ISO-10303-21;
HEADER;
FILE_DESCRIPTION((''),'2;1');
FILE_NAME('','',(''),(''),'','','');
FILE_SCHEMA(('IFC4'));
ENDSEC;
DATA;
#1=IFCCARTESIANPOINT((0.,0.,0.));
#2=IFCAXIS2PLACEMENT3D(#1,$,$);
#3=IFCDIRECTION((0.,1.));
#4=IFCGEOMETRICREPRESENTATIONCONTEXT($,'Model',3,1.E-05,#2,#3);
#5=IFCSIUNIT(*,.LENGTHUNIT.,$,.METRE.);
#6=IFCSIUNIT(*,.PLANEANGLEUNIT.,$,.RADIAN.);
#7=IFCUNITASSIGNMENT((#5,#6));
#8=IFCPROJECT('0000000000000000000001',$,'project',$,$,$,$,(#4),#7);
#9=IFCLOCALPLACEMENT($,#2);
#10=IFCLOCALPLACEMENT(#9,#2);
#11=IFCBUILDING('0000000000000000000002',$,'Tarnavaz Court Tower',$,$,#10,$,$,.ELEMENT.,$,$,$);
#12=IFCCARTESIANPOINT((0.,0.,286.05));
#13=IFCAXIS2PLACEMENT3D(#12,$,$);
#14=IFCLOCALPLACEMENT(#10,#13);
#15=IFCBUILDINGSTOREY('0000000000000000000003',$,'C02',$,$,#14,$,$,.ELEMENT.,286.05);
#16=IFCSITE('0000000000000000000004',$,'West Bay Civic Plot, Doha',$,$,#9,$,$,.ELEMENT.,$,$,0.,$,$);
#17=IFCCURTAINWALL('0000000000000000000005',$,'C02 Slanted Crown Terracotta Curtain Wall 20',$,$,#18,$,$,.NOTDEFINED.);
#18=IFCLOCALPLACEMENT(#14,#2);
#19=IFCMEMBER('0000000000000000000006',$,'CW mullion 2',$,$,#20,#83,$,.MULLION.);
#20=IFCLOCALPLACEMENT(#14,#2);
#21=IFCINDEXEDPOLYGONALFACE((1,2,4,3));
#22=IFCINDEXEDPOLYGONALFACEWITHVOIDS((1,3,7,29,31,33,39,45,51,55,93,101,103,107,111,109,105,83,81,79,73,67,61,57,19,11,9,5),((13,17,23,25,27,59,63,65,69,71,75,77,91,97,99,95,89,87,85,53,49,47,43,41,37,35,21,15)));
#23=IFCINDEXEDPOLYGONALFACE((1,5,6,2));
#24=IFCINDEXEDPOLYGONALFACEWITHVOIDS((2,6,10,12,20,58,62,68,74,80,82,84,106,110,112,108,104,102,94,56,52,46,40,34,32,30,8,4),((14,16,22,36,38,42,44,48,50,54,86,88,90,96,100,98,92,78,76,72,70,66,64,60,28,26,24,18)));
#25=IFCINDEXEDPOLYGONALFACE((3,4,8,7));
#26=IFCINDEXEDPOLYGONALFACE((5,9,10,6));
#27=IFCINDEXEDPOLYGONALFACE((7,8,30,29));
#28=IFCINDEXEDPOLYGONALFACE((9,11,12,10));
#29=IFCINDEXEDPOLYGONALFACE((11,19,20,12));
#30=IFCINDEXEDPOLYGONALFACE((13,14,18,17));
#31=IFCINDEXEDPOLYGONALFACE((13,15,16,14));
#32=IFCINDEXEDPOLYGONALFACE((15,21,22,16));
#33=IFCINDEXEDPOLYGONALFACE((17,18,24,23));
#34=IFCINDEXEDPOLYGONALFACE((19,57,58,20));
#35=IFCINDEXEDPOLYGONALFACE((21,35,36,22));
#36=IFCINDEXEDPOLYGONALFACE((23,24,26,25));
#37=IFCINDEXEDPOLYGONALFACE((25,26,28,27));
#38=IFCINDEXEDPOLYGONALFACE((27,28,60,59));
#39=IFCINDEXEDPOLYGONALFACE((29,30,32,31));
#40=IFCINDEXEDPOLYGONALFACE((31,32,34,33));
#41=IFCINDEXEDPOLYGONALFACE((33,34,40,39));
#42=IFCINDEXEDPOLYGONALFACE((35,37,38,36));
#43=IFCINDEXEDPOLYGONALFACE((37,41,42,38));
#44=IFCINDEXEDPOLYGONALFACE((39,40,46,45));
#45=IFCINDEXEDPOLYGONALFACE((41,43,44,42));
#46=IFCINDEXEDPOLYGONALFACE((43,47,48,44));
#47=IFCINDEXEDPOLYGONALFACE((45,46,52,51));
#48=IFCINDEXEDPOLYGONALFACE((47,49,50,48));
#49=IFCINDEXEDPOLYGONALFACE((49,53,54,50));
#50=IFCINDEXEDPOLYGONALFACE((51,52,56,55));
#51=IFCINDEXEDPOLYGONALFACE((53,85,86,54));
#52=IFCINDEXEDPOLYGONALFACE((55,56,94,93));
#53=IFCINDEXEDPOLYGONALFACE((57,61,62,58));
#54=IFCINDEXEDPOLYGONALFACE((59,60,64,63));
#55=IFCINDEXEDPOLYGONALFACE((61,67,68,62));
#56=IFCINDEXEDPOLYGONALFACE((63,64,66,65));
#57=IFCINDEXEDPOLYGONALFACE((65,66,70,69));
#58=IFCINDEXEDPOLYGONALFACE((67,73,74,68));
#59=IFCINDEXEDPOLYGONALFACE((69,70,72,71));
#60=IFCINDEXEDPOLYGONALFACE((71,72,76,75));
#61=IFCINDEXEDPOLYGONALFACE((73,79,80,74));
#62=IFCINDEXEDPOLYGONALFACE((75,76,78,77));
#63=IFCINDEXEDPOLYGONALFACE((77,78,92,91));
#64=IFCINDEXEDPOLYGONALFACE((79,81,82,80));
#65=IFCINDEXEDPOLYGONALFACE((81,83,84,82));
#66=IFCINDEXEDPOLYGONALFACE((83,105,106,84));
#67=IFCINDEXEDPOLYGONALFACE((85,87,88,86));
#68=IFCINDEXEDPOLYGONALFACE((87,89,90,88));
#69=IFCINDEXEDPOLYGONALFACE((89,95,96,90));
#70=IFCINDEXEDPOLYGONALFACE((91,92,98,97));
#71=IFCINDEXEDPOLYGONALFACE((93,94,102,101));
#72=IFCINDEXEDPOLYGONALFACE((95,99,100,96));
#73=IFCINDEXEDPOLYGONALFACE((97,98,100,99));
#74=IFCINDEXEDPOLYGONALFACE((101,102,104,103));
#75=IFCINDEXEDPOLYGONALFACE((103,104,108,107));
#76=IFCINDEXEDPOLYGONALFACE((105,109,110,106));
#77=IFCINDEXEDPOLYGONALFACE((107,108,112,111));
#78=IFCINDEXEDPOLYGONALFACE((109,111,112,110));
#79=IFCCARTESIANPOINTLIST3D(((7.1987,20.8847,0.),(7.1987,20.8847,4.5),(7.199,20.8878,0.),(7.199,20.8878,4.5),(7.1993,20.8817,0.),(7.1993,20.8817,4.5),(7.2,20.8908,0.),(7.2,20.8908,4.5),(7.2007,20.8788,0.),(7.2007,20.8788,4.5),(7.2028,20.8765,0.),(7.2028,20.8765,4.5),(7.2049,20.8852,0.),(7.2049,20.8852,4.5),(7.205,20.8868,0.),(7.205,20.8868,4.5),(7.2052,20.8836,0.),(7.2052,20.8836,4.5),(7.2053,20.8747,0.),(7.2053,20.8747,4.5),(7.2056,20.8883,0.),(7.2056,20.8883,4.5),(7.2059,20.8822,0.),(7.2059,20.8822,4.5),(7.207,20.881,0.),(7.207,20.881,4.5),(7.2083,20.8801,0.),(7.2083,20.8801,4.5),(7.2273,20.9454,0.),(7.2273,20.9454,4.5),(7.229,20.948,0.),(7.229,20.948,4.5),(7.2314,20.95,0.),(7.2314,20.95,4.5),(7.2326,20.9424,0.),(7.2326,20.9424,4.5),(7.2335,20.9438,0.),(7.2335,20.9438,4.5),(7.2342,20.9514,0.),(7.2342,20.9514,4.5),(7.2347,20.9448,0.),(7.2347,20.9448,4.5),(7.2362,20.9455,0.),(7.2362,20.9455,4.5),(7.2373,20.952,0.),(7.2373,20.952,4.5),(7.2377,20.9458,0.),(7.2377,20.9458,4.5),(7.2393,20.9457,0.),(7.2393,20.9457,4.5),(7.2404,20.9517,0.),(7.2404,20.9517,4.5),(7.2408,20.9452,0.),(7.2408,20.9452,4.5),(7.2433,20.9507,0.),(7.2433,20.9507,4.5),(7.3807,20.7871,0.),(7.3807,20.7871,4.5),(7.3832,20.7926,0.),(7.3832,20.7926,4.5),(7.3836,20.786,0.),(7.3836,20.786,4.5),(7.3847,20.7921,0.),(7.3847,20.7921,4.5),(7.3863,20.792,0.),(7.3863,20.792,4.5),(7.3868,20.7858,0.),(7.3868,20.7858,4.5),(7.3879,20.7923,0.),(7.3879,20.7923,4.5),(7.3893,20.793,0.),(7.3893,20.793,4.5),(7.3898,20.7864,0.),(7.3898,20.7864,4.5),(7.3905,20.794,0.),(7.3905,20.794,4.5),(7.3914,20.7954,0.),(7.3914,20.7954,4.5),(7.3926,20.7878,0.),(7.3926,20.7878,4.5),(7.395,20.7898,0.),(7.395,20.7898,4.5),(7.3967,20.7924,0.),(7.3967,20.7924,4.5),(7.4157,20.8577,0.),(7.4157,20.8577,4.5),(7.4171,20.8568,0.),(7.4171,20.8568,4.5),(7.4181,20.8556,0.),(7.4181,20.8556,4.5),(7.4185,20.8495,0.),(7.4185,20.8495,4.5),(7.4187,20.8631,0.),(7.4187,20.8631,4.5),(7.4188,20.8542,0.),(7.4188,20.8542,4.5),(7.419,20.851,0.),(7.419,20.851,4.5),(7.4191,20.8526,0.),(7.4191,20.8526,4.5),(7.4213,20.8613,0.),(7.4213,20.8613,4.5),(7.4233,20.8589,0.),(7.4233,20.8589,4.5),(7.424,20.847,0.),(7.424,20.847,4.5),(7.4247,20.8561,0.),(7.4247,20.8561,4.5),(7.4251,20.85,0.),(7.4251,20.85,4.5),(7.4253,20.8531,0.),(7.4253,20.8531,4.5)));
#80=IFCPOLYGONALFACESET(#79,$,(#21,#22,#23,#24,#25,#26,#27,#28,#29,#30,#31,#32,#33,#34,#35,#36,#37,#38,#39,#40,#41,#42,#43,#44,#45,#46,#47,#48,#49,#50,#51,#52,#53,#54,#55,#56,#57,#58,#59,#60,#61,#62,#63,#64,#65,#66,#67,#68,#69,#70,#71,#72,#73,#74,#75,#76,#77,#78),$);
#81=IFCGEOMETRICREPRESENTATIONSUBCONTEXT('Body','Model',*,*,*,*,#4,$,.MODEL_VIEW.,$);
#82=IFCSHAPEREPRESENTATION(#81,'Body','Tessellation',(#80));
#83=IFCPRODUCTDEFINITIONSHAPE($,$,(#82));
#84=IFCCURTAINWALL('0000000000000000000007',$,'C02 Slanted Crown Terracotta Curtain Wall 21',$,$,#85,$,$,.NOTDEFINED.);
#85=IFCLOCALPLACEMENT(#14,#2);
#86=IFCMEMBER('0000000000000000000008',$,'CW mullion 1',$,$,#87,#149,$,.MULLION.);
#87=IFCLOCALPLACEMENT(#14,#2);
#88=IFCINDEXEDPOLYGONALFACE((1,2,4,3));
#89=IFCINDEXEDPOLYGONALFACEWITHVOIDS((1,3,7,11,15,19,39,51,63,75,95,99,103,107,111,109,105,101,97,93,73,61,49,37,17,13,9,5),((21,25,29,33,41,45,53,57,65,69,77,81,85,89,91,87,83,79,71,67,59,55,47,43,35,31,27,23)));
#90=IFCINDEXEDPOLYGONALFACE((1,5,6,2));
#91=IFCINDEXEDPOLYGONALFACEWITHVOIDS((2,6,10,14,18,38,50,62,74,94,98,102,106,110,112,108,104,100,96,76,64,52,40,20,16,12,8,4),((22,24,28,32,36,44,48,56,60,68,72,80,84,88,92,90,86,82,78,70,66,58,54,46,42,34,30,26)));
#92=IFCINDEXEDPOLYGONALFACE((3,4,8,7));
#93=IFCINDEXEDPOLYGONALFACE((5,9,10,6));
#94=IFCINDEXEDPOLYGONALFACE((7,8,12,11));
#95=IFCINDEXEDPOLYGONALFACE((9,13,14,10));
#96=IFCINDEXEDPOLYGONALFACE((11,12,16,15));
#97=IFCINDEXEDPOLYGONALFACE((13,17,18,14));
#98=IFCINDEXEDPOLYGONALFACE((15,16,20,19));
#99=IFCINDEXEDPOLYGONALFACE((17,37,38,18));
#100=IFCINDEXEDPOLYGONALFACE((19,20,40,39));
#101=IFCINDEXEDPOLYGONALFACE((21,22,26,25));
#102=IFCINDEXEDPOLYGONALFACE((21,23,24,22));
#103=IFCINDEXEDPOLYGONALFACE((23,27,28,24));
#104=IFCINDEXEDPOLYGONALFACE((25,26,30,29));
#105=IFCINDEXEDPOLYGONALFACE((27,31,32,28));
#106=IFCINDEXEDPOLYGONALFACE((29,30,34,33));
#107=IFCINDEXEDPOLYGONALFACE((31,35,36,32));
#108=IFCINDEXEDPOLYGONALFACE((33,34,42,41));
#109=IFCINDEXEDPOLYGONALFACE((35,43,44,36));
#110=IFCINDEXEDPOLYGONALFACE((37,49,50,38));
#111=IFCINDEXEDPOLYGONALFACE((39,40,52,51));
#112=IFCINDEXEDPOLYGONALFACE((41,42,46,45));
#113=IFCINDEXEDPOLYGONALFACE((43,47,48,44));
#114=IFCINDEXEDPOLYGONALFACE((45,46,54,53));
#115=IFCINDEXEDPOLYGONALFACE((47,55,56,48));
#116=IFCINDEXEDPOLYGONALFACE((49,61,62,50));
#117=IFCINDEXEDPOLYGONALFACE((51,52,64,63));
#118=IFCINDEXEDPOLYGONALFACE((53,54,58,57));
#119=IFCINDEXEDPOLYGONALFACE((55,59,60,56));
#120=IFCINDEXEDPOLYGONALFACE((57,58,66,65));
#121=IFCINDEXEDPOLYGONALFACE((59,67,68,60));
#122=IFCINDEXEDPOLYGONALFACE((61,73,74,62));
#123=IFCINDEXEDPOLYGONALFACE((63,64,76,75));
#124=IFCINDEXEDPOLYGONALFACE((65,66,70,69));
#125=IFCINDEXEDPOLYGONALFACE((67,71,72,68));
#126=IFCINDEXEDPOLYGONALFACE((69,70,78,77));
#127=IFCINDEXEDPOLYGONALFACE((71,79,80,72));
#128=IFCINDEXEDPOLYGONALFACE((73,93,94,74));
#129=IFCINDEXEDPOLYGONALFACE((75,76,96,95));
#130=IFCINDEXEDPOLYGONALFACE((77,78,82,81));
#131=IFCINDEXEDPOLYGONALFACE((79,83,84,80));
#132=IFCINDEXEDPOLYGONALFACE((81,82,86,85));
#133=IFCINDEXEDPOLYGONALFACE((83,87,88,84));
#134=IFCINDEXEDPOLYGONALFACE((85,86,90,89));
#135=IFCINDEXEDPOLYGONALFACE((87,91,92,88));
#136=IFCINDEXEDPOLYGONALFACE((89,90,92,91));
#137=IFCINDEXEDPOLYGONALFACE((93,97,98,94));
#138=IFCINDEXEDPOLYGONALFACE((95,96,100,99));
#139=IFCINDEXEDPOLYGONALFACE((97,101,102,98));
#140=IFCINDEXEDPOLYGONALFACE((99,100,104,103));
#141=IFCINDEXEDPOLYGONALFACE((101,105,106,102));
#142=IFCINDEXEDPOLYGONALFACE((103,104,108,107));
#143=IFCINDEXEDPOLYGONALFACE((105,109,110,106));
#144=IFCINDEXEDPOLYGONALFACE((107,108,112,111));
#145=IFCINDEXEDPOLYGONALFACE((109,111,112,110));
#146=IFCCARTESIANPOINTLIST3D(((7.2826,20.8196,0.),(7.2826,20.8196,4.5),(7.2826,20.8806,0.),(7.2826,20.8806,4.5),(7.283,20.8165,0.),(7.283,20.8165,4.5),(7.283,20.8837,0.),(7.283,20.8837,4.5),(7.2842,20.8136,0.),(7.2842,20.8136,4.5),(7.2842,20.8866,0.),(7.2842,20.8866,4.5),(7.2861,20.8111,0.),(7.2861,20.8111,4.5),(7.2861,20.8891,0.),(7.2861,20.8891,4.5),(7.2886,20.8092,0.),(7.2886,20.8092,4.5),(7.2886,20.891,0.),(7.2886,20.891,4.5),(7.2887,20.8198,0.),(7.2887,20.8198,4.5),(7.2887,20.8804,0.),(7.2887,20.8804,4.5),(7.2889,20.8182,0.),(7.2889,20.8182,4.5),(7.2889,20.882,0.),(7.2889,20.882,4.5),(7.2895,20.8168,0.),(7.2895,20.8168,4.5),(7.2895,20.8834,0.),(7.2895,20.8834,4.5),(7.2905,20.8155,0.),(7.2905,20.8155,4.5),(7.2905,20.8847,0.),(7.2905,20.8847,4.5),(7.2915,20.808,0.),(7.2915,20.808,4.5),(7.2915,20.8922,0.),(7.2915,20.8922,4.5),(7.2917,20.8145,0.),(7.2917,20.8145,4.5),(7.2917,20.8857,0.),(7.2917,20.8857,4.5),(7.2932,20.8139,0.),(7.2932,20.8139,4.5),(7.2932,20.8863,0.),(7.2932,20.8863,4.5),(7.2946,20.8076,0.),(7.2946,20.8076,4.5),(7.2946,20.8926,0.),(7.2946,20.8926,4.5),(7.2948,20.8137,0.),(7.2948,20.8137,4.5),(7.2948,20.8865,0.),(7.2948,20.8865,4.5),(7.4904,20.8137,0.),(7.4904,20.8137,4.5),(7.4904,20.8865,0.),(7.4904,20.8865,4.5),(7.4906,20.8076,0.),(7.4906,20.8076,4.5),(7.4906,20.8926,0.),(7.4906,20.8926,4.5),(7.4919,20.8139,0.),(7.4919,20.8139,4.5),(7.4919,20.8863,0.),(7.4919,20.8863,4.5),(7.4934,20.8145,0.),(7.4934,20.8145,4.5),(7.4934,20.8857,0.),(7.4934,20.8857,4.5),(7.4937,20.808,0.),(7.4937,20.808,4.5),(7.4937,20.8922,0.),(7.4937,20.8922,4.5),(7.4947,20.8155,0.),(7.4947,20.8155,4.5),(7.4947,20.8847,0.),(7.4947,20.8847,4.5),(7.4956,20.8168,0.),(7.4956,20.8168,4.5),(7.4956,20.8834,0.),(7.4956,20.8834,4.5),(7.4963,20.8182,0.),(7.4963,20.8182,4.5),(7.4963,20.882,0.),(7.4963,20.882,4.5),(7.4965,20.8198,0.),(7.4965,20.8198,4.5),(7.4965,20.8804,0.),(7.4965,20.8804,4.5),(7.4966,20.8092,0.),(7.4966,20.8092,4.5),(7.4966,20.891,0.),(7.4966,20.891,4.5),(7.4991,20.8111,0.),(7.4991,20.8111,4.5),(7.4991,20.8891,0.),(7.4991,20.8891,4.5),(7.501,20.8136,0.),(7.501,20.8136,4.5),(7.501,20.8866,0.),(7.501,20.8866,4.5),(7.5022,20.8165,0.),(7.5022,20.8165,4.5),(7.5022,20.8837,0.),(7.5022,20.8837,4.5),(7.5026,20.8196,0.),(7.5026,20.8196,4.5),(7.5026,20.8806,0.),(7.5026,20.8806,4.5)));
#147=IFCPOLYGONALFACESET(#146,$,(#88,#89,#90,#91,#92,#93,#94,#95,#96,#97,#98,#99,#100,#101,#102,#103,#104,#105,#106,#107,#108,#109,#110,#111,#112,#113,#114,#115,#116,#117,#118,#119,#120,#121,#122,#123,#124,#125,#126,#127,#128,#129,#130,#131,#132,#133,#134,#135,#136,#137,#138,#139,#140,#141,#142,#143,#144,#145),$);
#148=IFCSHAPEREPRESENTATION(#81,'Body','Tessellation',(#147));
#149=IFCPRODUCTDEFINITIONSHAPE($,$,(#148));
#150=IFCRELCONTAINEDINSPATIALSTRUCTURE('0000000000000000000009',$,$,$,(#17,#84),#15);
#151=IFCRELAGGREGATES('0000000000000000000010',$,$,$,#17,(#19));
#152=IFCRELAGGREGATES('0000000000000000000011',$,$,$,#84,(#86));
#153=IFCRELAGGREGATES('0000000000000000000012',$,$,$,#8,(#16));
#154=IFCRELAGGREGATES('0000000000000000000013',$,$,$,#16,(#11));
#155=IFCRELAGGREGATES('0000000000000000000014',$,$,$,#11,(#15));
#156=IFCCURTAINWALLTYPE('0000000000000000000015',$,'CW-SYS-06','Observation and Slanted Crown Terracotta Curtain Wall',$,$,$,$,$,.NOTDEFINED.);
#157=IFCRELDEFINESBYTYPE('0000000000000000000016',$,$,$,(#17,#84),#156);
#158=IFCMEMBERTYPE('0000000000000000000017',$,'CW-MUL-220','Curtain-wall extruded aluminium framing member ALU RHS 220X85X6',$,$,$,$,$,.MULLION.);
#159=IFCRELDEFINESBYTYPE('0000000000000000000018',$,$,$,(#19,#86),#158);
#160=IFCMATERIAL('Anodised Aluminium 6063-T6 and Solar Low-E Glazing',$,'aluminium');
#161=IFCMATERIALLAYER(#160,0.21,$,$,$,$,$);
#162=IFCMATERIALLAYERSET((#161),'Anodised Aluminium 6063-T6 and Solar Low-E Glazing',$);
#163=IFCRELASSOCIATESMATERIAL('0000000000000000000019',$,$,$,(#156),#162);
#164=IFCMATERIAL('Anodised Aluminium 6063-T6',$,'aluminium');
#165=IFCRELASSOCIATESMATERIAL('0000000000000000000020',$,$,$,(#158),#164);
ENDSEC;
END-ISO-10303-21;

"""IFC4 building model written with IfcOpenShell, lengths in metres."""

from ifc_helpers import new_model, si_unit, direction, frame, origin, origin_2d, place, context, subcontext, project, spatial, hollow_rectangle, extrude, material, layer, layer_set, material_profile, profile_set, type_object, element, aggregate, save


model = new_model("IFC4")

# Units and contexts
model_context = context("Model", 3, precision=1e-05, world=origin(), true_north=direction((0.0, 1.0)))
body_context = subcontext(model_context, "Body", "Model", "MODEL_VIEW")
ifc_project = project(units=[si_unit("LENGTHUNIT", "METRE"), si_unit("PLANEANGLEUNIT", "RADIAN")], contexts=[model_context])

# Site, building, storey
site_placement = place(None, origin())
site = spatial("IfcSite", under=ifc_project, at=site_placement, Name="West Bay Civic Plot, Doha", CompositionType="ELEMENT", RefElevation=0.0)
building_placement = place(site_placement, origin())
building = spatial("IfcBuilding", under=site, at=building_placement, Name="Tarnavaz Court Tower", CompositionType="ELEMENT")
storey_placement = place(building_placement, frame((0.0, 0.0, 286.05)))
storey = spatial("IfcBuildingStorey", under=building, at=storey_placement, Name="C02", CompositionType="ELEMENT", Elevation=286.05)

# Shared definitions
ifc_material_1 = material(Name="Anodised Aluminium 6063-T6 and Solar Low-E Glazing", Category="aluminium")
ifc_layer_1 = layer(ifc_material_1, 0.21)
ifc_layer_set_1 = layer_set([ifc_layer_1], Name="Anodised Aluminium 6063-T6 and Solar Low-E Glazing")
curtain_wall_type = type_object("IfcCurtainWallType", Name="CW-SYS-06", Description="Observation and Slanted Crown Terracotta Curtain Wall", PredefinedType="NOTDEFINED", material=ifc_layer_set_1)
ifc_material_2 = material(Name="Anodised Aluminium 6063-T6", Category="aluminium")
ifc_material_profile_1 = material_profile(ifc_material_2, hollow_rectangle(XDim=0.085, YDim=0.22, WallThickness=0.0061, InnerFilletRadius=0.0061, OuterFilletRadius=0.012, at=origin_2d()), Name="ALU RHS 220X85X6")
ifc_profile_set_1 = profile_set([ifc_material_profile_1], Name="Anodised Aluminium 6063-T6")
member_type_1 = type_object("IfcMemberType", Name="CW-MUL-220", Description="Curtain-wall extruded aluminium framing member ALU RHS 220X85X6", PredefinedType="MULLION", material=ifc_profile_set_1)

# Curtain walls, members
curtain_wall_1_placement = place(storey_placement, origin())
curtain_wall_1 = element("IfcCurtainWall", 1, at=curtain_wall_1_placement, inside=storey, type_object=curtain_wall_type, Name="C02 Slanted Crown Terracotta Curtain Wall 20", PredefinedType="NOTDEFINED")
member_1_placement = place(storey_placement, frame((7.312, 20.8689, 0.0), z_axis=(0.0, 0.0, 1.0), x_axis=(0.447214, 0.894427, 0.0)))
member_1 = element("IfcMember", 2, at=member_1_placement, type_object=member_type_1, Name="CW mullion 2", PredefinedType="MULLION", context=body_context, shape_type="SweptSolid", body=[
    extrude(hollow_rectangle(XDim=0.085, YDim=0.22, WallThickness=0.0061, InnerFilletRadius=0.0061, OuterFilletRadius=0.012, at=origin_2d()), origin(), (0.0, 0.0, 1.0), 4.5),
])
curtain_wall_2_placement = place(storey_placement, origin())
curtain_wall_2 = element("IfcCurtainWall", 3, at=curtain_wall_2_placement, inside=storey, type_object=curtain_wall_type, Name="C02 Slanted Crown Terracotta Curtain Wall 21", PredefinedType="NOTDEFINED")
member_2_placement = place(storey_placement, frame((7.3926, 20.8501, 0.0), z_axis=(0.0, 0.0, 1.0), x_axis=(0.0, 1.0, 0.0)))
member_2 = element("IfcMember", 4, at=member_2_placement, type_object=member_type_1, Name="CW mullion 1", PredefinedType="MULLION", context=body_context, shape_type="SweptSolid", body=[
    extrude(hollow_rectangle(XDim=0.085, YDim=0.22, WallThickness=0.0061, InnerFilletRadius=0.0061, OuterFilletRadius=0.012, at=origin_2d()), origin(), (0.0, 0.0, 1.0), 4.5),
])

aggregate(curtain_wall_1, [member_1])
aggregate(curtain_wall_2, [member_2])

save(model, "model.ifc")
